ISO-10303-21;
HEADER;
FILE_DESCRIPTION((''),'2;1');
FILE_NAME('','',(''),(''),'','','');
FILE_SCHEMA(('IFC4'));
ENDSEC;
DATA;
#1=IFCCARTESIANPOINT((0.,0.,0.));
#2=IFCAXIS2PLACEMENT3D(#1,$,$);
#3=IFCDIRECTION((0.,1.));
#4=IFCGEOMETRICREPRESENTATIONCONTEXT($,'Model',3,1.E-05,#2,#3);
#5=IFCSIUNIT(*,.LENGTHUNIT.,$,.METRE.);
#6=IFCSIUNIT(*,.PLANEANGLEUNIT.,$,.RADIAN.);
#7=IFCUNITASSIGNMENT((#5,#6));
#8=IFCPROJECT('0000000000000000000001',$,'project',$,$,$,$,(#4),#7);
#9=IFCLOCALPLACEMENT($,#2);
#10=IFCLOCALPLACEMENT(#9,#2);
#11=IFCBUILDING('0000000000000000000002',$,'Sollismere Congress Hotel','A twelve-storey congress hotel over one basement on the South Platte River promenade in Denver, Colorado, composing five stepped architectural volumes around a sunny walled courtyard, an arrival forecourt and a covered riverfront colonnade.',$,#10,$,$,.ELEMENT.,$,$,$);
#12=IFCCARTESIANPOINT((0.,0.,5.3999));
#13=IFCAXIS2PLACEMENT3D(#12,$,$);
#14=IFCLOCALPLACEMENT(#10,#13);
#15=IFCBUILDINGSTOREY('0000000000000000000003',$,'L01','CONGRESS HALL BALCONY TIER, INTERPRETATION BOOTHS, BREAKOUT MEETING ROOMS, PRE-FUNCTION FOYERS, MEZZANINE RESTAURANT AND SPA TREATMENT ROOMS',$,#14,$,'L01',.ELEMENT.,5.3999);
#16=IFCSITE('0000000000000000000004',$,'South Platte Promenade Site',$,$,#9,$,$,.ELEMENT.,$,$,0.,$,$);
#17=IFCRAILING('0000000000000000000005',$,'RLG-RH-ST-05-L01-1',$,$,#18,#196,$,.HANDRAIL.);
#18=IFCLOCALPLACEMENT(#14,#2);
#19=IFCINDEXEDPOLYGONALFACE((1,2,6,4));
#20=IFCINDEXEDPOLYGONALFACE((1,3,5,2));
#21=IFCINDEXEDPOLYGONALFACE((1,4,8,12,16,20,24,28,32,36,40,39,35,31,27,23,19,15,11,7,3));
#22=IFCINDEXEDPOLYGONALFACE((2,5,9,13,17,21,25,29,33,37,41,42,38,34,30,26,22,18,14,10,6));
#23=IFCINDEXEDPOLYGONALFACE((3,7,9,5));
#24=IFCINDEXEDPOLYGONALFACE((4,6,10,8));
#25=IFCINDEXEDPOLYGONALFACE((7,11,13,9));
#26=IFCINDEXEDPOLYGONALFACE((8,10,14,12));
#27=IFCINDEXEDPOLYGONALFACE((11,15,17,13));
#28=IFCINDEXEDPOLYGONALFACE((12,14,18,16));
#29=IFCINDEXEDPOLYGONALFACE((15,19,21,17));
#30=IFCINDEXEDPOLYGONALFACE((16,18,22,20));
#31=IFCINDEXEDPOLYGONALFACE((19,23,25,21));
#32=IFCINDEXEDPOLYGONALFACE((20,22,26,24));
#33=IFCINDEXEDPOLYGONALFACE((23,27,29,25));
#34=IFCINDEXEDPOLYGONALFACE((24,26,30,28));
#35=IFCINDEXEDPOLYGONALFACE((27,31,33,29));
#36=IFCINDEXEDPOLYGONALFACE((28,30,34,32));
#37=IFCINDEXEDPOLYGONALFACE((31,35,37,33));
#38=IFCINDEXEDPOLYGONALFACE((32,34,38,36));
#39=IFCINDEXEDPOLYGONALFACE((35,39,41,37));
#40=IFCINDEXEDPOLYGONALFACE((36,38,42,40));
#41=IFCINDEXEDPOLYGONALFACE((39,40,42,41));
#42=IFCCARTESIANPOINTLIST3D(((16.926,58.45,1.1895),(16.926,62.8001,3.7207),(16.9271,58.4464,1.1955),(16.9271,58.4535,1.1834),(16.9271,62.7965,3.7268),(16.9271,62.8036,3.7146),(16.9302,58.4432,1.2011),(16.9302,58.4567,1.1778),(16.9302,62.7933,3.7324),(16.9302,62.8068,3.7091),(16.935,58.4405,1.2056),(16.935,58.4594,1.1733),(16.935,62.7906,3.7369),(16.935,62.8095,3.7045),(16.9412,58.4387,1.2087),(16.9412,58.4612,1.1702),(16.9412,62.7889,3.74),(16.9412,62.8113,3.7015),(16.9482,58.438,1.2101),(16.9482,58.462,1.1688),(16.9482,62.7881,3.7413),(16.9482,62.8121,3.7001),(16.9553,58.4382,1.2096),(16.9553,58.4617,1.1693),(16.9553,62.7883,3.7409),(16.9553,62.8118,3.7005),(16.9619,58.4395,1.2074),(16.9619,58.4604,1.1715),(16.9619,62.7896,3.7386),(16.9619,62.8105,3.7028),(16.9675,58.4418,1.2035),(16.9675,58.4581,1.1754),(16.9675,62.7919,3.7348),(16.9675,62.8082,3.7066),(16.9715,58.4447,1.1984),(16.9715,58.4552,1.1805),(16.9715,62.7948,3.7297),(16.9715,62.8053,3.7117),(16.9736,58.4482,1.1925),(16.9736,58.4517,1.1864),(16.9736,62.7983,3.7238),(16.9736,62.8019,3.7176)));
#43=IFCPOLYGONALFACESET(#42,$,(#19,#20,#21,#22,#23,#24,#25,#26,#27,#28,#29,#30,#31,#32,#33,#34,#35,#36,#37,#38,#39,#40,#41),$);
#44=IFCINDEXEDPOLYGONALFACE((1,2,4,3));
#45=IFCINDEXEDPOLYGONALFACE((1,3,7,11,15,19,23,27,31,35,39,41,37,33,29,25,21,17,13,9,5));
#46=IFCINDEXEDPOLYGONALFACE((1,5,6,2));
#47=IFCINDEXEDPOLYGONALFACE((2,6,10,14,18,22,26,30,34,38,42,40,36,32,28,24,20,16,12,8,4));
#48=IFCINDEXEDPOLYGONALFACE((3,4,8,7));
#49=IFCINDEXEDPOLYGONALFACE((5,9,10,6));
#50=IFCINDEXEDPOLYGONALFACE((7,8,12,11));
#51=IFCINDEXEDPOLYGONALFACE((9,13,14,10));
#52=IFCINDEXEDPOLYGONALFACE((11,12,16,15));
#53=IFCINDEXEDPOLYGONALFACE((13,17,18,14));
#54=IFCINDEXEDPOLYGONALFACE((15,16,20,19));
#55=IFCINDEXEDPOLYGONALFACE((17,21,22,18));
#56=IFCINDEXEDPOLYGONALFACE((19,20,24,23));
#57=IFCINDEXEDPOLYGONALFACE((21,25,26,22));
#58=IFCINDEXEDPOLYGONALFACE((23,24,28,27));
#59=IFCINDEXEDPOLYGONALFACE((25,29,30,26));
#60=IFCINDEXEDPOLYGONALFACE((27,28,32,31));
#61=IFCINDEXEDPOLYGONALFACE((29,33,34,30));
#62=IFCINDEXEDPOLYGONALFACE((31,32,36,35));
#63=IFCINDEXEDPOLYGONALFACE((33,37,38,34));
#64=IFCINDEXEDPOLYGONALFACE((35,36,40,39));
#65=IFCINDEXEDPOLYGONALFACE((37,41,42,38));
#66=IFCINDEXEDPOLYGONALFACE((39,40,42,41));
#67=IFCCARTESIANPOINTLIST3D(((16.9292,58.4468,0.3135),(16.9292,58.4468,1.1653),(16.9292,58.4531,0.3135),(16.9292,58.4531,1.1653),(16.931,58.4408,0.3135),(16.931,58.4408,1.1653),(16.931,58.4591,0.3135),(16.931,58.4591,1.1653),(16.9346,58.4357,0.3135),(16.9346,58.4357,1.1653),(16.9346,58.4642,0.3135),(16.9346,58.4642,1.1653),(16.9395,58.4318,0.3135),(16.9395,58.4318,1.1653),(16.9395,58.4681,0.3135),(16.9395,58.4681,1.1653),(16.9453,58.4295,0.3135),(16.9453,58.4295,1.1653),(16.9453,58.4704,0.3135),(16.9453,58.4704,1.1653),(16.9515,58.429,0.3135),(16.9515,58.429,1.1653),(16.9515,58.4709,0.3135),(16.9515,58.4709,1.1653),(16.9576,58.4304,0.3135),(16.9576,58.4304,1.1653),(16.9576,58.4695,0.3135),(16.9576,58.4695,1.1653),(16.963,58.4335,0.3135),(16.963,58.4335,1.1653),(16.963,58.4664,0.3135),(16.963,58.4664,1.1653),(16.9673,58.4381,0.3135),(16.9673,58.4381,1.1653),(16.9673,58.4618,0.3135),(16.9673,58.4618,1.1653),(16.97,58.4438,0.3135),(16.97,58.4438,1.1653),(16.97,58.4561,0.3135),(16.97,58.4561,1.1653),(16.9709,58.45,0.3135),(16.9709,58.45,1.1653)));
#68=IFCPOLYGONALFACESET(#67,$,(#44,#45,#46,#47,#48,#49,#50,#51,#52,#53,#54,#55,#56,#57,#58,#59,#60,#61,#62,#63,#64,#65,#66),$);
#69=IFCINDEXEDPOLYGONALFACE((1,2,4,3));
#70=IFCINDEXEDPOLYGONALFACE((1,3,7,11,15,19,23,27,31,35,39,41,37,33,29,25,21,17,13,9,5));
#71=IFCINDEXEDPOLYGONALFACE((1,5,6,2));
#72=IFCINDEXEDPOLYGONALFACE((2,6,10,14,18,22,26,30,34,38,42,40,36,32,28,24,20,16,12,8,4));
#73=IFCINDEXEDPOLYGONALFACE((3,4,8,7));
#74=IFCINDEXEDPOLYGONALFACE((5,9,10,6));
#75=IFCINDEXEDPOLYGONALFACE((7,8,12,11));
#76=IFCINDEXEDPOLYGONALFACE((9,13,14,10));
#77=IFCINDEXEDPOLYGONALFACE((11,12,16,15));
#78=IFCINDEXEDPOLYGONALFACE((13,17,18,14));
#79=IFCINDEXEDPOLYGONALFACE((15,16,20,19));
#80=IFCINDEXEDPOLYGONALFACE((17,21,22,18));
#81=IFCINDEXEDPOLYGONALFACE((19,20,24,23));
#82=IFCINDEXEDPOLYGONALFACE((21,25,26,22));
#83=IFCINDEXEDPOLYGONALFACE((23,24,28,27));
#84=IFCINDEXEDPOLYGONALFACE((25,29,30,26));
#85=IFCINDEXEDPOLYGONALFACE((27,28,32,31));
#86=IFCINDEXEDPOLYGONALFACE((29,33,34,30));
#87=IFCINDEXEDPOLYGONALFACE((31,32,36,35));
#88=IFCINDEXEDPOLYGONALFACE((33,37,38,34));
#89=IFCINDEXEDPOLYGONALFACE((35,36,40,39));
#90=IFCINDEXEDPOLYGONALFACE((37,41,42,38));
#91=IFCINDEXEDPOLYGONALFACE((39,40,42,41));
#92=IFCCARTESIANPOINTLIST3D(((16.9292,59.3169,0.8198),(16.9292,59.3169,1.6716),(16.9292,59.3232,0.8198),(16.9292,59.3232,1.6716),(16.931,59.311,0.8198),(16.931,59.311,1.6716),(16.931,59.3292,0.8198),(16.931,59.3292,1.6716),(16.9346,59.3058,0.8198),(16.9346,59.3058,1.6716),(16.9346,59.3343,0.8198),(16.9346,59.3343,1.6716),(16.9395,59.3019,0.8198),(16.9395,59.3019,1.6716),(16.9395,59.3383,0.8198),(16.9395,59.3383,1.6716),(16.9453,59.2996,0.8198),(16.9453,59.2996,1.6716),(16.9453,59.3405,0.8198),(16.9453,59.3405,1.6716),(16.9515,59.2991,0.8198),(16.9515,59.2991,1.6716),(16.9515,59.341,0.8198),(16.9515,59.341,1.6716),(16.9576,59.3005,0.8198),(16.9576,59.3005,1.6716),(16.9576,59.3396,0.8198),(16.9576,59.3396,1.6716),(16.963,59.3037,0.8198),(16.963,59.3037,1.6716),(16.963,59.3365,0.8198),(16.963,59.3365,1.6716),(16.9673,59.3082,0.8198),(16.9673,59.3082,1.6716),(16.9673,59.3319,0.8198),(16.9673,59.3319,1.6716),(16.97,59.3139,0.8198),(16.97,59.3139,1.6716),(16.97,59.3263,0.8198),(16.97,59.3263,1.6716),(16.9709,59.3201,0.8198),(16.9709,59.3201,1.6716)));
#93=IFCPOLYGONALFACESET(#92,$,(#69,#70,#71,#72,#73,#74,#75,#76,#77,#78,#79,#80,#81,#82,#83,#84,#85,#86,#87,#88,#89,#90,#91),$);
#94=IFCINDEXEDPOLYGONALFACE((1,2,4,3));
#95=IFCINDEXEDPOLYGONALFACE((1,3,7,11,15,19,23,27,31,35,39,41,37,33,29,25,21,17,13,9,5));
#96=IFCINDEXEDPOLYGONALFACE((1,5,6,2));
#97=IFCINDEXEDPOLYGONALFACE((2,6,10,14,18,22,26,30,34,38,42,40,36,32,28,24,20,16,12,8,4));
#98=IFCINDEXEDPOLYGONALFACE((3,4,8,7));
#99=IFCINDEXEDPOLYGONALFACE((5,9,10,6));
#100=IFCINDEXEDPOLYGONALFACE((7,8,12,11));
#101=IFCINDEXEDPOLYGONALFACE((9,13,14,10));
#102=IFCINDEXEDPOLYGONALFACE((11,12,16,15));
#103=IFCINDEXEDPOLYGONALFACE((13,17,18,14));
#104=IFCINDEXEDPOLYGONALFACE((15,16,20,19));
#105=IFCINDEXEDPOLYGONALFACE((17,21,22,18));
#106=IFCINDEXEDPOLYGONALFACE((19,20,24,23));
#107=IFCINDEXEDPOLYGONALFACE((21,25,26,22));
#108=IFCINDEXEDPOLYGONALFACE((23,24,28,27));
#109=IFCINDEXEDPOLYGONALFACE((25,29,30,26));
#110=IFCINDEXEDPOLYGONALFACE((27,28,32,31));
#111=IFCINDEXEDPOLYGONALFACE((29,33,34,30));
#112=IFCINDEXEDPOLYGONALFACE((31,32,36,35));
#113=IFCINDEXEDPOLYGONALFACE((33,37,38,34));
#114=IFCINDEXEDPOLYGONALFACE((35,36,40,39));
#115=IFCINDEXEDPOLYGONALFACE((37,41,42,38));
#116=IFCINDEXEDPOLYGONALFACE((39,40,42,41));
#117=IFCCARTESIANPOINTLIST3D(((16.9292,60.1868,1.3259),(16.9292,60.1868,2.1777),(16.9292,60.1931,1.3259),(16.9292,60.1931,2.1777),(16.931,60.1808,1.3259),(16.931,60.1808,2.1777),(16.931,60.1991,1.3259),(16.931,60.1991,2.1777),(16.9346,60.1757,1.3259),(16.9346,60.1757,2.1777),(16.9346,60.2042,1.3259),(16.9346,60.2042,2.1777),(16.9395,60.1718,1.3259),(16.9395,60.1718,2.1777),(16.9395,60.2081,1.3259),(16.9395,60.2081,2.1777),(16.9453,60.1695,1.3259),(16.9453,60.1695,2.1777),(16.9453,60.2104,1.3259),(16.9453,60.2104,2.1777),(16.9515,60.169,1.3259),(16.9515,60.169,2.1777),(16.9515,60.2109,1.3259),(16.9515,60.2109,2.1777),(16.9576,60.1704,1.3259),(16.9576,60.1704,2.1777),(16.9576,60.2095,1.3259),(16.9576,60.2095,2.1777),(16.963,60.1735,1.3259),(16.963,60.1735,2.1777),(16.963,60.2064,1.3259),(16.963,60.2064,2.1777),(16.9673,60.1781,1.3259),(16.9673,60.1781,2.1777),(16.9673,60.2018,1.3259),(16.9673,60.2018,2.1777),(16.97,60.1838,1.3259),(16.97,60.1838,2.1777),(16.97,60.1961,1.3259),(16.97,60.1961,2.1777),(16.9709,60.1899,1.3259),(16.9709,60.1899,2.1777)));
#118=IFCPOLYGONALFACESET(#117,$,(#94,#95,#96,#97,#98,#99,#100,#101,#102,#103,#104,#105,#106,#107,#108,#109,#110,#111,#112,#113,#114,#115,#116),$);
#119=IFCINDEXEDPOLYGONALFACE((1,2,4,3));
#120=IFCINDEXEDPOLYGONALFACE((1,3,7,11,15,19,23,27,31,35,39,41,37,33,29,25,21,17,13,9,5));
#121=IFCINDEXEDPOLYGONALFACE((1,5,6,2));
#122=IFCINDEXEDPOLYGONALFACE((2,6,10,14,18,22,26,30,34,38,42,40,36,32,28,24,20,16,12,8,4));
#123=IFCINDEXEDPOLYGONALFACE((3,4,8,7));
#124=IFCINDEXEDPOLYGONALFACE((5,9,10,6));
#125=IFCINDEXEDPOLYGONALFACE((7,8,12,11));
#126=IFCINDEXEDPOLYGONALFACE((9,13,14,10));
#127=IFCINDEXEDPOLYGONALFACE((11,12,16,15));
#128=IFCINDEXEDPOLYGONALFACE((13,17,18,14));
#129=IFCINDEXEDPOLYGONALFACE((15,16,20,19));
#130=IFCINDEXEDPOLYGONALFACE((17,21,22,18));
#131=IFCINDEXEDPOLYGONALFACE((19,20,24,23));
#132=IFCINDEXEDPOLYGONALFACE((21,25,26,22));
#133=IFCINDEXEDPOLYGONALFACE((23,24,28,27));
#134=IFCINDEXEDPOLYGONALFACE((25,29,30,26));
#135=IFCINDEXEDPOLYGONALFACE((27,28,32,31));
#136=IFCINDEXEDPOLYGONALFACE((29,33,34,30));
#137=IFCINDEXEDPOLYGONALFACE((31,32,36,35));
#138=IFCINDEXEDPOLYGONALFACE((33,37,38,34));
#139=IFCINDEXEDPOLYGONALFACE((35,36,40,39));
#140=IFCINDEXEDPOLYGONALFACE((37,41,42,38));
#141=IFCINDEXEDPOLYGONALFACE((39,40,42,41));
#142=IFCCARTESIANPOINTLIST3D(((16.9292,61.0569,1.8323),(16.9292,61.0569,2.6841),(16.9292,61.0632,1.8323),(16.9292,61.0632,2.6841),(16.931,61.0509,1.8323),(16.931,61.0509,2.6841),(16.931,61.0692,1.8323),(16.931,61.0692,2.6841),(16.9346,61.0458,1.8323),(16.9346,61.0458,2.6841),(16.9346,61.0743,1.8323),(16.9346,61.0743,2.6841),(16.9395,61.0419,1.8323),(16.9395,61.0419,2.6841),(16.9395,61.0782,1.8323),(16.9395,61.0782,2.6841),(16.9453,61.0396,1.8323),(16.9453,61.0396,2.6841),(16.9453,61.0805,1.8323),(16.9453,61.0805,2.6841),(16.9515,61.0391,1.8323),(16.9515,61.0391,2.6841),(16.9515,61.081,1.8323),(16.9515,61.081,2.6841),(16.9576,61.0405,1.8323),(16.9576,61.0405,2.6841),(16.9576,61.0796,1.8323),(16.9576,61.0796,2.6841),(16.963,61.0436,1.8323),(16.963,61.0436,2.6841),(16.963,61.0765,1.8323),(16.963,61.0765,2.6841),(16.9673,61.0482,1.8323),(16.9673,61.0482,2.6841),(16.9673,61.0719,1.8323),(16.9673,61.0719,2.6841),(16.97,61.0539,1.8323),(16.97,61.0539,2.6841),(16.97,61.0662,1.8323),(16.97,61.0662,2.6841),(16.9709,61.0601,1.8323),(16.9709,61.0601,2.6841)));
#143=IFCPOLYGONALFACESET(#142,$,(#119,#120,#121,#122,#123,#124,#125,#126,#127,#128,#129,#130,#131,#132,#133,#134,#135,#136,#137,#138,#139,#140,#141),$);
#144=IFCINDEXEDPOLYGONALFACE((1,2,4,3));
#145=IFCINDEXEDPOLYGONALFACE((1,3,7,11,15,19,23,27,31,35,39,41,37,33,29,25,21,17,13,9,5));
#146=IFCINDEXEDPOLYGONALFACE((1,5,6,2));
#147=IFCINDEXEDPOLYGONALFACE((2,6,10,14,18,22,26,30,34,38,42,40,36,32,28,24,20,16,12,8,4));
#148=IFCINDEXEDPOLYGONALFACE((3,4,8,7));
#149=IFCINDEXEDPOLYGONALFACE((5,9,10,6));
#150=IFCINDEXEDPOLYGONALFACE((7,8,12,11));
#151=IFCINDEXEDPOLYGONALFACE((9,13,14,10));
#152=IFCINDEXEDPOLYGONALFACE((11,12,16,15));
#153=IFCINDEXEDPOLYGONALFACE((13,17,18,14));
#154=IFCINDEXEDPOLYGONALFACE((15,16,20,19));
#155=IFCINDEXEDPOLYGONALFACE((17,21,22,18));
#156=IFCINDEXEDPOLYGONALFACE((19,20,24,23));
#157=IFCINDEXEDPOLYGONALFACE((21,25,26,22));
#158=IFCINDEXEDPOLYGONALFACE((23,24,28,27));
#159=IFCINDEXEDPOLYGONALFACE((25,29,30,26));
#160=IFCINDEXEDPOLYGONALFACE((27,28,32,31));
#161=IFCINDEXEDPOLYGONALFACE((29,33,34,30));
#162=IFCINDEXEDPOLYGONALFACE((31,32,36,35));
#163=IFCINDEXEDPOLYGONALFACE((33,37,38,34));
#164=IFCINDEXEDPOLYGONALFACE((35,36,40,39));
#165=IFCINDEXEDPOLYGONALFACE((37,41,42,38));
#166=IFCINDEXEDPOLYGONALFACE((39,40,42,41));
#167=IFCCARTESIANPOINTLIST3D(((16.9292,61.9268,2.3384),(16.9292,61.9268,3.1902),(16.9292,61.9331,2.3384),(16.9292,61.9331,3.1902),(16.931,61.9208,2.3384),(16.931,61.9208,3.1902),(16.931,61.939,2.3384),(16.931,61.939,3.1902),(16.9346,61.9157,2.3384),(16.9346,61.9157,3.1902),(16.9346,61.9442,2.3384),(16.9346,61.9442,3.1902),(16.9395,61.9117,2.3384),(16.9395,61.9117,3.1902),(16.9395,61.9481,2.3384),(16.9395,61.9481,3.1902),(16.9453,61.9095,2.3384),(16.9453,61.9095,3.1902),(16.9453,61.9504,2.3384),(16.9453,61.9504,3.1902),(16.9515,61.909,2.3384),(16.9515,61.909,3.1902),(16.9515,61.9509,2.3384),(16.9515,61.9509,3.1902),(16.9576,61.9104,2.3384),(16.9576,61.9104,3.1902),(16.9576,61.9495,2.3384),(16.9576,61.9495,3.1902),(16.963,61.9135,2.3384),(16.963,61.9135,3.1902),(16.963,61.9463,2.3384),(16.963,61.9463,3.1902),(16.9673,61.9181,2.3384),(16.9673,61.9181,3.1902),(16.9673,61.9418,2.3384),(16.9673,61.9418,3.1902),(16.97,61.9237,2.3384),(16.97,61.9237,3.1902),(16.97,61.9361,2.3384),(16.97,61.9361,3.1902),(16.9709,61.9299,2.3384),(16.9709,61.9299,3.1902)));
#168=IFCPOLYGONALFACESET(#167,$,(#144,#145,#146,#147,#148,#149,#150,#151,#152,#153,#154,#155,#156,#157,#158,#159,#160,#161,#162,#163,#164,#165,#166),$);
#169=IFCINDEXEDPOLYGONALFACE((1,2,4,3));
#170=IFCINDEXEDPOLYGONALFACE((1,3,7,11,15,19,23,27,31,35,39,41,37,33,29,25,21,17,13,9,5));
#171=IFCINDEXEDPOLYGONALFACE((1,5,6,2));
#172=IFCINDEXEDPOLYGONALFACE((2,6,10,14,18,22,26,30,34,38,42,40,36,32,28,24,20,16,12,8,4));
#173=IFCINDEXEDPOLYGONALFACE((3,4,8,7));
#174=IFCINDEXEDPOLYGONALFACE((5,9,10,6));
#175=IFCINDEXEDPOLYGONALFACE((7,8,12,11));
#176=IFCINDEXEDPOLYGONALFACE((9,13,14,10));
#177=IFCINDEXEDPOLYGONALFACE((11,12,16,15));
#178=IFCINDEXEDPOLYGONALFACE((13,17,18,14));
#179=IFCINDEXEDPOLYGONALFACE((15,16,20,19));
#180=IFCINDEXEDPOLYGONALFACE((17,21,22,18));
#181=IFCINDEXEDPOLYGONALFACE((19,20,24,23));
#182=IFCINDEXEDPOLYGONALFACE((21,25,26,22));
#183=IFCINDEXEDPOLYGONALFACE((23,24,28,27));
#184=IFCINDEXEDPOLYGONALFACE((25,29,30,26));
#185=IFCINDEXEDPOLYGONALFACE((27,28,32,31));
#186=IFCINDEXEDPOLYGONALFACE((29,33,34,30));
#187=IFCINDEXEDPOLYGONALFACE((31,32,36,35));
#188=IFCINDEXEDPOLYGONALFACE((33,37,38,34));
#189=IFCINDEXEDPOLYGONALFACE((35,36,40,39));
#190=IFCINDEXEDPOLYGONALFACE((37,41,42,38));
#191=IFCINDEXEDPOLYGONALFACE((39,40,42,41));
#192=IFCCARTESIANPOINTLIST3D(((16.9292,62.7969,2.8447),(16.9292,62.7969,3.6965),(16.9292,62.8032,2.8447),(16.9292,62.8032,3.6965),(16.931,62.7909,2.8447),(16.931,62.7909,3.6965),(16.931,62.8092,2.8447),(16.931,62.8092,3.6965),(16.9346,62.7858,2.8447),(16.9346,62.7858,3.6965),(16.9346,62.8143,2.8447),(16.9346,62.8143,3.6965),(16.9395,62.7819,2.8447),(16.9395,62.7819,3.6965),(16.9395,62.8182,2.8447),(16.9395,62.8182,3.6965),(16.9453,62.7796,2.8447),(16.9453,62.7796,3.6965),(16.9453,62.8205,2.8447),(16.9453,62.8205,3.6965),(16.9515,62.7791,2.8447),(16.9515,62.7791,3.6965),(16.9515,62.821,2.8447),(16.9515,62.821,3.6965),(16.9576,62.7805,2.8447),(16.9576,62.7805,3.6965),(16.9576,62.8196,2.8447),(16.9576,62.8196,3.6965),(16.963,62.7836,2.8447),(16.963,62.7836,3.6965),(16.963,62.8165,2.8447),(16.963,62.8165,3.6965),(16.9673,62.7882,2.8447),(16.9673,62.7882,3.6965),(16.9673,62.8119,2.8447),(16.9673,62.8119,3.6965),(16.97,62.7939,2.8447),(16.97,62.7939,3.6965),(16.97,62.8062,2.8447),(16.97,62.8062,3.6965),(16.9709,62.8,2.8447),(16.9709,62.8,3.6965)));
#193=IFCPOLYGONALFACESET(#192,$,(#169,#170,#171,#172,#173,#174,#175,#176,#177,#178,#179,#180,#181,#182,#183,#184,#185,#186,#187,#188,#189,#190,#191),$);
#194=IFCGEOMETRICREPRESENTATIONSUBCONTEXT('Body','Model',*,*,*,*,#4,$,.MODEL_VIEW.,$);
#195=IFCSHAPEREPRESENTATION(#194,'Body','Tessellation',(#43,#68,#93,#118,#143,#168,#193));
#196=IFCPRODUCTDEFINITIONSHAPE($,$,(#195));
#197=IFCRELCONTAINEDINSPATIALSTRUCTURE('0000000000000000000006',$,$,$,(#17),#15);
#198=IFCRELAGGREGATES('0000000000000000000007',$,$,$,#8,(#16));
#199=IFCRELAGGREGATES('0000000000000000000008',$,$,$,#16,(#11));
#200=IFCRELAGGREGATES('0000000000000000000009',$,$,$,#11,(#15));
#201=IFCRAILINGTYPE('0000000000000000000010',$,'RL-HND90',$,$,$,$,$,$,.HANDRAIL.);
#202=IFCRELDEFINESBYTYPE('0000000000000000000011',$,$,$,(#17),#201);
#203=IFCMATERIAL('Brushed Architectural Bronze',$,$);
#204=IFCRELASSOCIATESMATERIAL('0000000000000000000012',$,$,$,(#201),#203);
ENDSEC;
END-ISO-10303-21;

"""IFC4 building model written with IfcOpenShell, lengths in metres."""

from ifc_helpers import new_model, si_unit, direction, frame, origin, origin_2d, place, context, subcontext, project, spatial, circle, extrude, material, type_object, element, save


model = new_model("IFC4")

# Units and contexts
model_context = context("Model", 3, precision=1e-05, world=origin(), true_north=direction((0.0, 1.0)))
body_context = subcontext(model_context, "Body", "Model", "MODEL_VIEW")
ifc_project = project(units=[si_unit("LENGTHUNIT", "METRE"), si_unit("PLANEANGLEUNIT", "RADIAN")], contexts=[model_context])

# Site, building, storey
site_placement = place(None, origin())
site = spatial("IfcSite", under=ifc_project, at=site_placement, Name="South Platte Promenade Site", CompositionType="ELEMENT", RefElevation=0.0)
building_placement = place(site_placement, origin())
building = spatial("IfcBuilding", under=site, at=building_placement, Name="Sollismere Congress Hotel", Description="A twelve-storey congress hotel over one basement on the South Platte River promenade in Denver, Colorado, composing five stepped architectural volumes around a sunny walled courtyard, an arrival forecourt and a covered riverfront colonnade.", CompositionType="ELEMENT")
storey_placement = place(building_placement, frame((0.0, 0.0, 5.3999)))
storey = spatial("IfcBuildingStorey", under=building, at=storey_placement, Name="L01", Description="CONGRESS HALL BALCONY TIER, INTERPRETATION BOOTHS, BREAKOUT MEETING ROOMS, PRE-FUNCTION FOYERS, MEZZANINE RESTAURANT AND SPA TREATMENT ROOMS", LongName="L01", CompositionType="ELEMENT", Elevation=5.3999)

# Railing
ifc_material_1 = material(Name="Brushed Architectural Bronze")
railing_type_1 = type_object("IfcRailingType", Name="RL-HND90", PredefinedType="HANDRAIL", material=ifc_material_1)
railing_1_placement = place(storey_placement, frame((16.95, 58.45, 0.3135)))
element("IfcRailing", 1, at=railing_1_placement, inside=storey, type_object=railing_type_1, Name="RLG-RH-ST-05-L01-1", PredefinedType="HANDRAIL", context=body_context, shape_type="SweptSolid", body=[
    extrude(circle(Radius=0.0239, at=origin_2d()), frame((0.0, 0.0, 0.876), z_axis=(0.0, 0.864324, 0.502936), x_axis=(-1.0, 0.0, 0.0)), (0.0, 0.0, 1.0), 5.033),
    extrude(circle(Radius=0.021, at=origin_2d()), origin(), (0.0, 0.0, 1.0), 0.8518),
    extrude(circle(Radius=0.021, at=origin_2d()), frame((0.0, 0.8701, 0.5063)), (0.0, 0.0, 1.0), 0.8518),
    extrude(circle(Radius=0.021, at=origin_2d()), frame((0.0, 1.74, 1.0125)), (0.0, 0.0, 1.0), 0.8518),
    extrude(circle(Radius=0.021, at=origin_2d()), frame((0.0, 2.6101, 1.5188)), (0.0, 0.0, 1.0), 0.8518),
    extrude(circle(Radius=0.021, at=origin_2d()), frame((0.0, 3.48, 2.0249)), (0.0, 0.0, 1.0), 0.8518),
    extrude(circle(Radius=0.021, at=origin_2d()), frame((0.0, 4.3501, 2.5312)), (0.0, 0.0, 1.0), 0.8518),
])

save(model, "model.ifc")
